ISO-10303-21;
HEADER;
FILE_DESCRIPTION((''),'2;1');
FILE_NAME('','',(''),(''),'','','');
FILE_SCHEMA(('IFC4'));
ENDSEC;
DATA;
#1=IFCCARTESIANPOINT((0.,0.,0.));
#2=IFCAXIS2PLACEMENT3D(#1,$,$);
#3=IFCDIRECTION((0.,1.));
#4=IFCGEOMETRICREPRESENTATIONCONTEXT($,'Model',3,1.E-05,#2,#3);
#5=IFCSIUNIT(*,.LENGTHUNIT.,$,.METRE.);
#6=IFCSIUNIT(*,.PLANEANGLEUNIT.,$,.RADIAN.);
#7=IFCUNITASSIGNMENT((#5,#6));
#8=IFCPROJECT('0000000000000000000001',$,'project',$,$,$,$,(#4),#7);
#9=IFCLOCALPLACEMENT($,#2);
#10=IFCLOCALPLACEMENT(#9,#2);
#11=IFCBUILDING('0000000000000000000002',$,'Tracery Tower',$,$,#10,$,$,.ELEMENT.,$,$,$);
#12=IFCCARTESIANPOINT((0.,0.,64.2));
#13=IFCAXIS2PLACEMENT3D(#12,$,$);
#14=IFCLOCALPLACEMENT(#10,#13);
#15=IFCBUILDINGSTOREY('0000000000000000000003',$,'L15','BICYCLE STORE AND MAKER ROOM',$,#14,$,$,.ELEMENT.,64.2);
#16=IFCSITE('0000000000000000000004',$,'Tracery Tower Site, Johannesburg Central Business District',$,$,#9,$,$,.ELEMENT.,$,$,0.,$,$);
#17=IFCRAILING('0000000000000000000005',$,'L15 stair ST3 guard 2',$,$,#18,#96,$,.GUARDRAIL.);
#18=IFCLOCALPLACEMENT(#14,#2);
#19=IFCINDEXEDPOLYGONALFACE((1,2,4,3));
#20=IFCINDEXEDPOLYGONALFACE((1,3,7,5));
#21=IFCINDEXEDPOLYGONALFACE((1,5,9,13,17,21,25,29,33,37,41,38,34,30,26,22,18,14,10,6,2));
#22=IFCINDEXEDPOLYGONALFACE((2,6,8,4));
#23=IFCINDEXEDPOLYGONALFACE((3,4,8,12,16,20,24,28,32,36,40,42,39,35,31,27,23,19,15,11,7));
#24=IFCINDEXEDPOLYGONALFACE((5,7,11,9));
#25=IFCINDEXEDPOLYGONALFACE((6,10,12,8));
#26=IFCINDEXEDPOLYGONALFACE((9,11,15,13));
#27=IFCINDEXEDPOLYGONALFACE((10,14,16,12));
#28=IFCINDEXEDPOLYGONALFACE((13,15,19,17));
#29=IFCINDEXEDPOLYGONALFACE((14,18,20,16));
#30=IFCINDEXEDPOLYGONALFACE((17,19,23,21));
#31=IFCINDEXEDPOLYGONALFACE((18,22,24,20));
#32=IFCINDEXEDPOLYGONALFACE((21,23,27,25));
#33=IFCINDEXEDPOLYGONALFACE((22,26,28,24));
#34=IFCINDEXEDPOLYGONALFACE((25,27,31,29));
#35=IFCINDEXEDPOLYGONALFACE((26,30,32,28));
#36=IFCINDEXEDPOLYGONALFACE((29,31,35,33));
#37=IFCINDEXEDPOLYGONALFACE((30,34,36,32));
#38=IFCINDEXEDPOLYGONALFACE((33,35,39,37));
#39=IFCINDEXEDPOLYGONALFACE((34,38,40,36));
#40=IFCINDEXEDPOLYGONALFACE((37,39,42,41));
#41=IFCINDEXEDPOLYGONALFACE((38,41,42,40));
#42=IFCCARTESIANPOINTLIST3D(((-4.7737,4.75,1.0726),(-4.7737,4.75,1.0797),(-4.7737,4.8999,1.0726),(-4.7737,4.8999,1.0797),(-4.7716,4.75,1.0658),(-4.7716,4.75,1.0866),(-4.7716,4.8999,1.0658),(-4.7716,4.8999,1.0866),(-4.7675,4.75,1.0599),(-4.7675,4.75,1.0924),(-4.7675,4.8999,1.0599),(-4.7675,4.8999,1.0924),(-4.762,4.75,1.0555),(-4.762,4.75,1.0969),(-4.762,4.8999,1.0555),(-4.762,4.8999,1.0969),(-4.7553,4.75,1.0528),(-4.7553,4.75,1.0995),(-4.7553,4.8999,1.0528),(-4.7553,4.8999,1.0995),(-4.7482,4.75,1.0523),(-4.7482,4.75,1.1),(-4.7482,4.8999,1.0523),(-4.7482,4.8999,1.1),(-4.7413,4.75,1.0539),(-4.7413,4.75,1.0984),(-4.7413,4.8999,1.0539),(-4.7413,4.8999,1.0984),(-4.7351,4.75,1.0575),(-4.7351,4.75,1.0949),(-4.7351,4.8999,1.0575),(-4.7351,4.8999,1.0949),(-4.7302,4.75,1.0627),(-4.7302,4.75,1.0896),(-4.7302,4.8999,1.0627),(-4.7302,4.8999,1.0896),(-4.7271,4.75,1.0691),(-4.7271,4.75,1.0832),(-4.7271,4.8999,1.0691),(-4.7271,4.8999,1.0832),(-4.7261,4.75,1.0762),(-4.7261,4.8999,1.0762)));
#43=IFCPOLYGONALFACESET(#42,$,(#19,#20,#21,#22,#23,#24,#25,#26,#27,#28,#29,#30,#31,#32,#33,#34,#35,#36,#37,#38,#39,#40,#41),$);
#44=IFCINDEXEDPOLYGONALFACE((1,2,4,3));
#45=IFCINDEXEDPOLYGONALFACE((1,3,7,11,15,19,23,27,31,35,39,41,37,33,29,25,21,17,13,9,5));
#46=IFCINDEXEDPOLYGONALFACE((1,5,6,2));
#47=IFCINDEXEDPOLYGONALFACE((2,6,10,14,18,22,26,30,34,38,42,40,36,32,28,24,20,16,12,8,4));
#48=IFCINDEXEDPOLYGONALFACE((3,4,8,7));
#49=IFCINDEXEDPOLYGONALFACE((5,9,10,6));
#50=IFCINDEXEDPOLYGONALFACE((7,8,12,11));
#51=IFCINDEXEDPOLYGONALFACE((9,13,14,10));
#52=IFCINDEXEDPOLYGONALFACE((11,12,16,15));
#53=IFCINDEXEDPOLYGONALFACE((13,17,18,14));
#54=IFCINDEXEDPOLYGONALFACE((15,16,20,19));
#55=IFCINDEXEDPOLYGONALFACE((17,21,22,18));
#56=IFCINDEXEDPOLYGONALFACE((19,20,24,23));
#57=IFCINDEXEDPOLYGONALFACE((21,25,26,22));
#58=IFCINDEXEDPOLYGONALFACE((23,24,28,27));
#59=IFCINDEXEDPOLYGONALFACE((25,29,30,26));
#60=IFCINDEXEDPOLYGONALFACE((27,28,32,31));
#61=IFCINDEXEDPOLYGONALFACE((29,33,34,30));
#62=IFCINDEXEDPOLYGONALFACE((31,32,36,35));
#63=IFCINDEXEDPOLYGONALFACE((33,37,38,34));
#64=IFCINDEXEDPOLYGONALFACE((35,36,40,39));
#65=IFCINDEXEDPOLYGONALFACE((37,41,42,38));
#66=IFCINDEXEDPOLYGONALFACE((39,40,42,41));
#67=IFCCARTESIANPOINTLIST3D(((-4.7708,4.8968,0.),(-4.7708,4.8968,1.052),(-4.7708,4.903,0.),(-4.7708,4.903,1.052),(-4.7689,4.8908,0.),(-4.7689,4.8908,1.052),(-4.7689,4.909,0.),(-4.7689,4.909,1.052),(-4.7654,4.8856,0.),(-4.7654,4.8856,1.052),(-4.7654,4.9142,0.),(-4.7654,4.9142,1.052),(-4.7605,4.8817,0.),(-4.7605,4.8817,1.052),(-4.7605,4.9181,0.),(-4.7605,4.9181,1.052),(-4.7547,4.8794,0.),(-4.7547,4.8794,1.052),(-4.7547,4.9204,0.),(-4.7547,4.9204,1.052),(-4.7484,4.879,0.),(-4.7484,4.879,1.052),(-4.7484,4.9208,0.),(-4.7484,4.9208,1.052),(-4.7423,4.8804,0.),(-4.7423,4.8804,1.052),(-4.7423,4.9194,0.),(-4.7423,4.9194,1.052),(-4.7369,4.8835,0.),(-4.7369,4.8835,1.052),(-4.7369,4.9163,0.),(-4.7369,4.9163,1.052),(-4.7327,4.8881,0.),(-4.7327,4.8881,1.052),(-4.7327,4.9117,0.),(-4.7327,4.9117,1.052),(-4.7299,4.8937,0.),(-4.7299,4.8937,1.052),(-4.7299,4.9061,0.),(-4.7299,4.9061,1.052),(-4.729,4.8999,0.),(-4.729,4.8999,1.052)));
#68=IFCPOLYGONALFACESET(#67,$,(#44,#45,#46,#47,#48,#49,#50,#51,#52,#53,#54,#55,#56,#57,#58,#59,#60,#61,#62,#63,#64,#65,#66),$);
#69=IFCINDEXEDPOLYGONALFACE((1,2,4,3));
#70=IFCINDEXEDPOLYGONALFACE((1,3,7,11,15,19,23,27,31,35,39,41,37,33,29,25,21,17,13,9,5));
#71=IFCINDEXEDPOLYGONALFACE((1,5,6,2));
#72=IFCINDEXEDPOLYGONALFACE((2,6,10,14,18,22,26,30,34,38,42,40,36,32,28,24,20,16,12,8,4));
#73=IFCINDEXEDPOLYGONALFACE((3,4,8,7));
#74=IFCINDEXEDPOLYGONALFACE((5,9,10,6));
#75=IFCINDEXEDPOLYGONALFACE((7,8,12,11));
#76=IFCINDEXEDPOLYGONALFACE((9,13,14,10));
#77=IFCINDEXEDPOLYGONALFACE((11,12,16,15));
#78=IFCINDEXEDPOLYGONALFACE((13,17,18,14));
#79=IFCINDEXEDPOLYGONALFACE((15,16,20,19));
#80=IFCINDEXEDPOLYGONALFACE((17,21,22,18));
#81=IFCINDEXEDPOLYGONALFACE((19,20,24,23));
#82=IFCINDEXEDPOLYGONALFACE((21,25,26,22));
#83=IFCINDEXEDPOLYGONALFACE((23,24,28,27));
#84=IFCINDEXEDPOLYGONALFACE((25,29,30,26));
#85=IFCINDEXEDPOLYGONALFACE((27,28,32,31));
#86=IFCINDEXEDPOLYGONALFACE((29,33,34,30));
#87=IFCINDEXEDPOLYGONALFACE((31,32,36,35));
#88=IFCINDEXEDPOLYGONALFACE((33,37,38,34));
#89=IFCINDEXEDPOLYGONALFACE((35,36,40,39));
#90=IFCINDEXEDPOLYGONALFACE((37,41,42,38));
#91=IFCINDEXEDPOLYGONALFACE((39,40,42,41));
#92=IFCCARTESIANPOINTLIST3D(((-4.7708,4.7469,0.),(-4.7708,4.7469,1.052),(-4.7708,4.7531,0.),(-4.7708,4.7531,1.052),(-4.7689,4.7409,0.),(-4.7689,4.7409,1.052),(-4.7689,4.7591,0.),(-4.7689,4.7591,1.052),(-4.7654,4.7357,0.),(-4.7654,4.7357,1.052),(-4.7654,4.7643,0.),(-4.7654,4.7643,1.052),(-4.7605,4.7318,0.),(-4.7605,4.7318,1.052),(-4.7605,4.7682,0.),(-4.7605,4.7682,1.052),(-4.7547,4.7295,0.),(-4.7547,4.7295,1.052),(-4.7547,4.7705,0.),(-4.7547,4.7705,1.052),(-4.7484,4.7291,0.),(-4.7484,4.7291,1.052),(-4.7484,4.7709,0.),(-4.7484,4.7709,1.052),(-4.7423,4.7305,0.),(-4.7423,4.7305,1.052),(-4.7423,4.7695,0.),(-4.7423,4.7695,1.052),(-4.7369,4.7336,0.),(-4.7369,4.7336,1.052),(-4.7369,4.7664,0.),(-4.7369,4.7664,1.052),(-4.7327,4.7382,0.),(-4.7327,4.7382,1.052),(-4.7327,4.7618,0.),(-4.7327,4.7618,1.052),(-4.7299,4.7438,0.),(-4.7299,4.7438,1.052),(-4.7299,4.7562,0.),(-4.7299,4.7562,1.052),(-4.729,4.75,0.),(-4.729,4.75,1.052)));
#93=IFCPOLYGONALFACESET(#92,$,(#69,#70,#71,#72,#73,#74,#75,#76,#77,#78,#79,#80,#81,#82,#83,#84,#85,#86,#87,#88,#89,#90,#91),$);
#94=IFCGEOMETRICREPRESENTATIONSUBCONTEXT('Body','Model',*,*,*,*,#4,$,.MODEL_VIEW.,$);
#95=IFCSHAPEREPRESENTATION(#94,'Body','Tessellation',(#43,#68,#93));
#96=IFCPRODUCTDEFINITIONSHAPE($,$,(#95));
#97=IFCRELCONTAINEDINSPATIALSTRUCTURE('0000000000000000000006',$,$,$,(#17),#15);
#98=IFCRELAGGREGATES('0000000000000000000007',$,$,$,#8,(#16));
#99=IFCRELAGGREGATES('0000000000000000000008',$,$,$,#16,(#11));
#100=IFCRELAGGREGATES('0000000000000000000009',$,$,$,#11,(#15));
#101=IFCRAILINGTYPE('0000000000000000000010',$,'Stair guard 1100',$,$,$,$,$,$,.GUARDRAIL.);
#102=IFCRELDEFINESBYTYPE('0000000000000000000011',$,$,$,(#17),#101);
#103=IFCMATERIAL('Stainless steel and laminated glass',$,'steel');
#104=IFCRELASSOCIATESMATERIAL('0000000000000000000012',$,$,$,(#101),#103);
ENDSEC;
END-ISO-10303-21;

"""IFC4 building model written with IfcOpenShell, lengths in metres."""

from ifc_helpers import new_model, si_unit, direction, frame, origin, origin_2d, place, context, subcontext, project, spatial, circle, extrude, material, type_object, element, save


model = new_model("IFC4")

# Units and contexts
model_context = context("Model", 3, precision=1e-05, world=origin(), true_north=direction((0.0, 1.0)))
body_context = subcontext(model_context, "Body", "Model", "MODEL_VIEW")
ifc_project = project(units=[si_unit("LENGTHUNIT", "METRE"), si_unit("PLANEANGLEUNIT", "RADIAN")], contexts=[model_context])

# Site, building, storey
site_placement = place(None, origin())
site = spatial("IfcSite", under=ifc_project, at=site_placement, Name="Tracery Tower Site, Johannesburg Central Business District", CompositionType="ELEMENT", RefElevation=0.0)
building_placement = place(site_placement, origin())
building = spatial("IfcBuilding", under=site, at=building_placement, Name="Tracery Tower", CompositionType="ELEMENT")
storey_placement = place(building_placement, frame((0.0, 0.0, 64.2)))
storey = spatial("IfcBuildingStorey", under=building, at=storey_placement, Name="L15", Description="BICYCLE STORE AND MAKER ROOM", CompositionType="ELEMENT", Elevation=64.2)

# Railing
ifc_material_1 = material(Name="Stainless steel and laminated glass", Category="steel")
railing_type_1 = type_object("IfcRailingType", Name="Stair guard 1100", PredefinedType="GUARDRAIL", material=ifc_material_1)
railing_1_placement = place(storey_placement, frame((-4.75, 4.8999, 0.0)))
element("IfcRailing", 1, at=railing_1_placement, inside=storey, type_object=railing_type_1, Name="L15 stair ST3 guard 2", PredefinedType="GUARDRAIL", context=body_context, shape_type="SweptSolid", body=[
    extrude(circle(Radius=0.0239, at=origin_2d()), frame((0.0, 0.0, 1.0762), z_axis=(0.0, -1.0, 0.0), x_axis=(1.0, 0.0, 0.0)), (0.0, 0.0, 1.0), 0.1499),
    extrude(circle(Radius=0.021, at=origin_2d()), origin(), (0.0, 0.0, 1.0), 1.052),
    extrude(circle(Radius=0.021, at=origin_2d()), frame((0.0, -0.1499, 0.0)), (0.0, 0.0, 1.0), 1.052),
])

save(model, "model.ifc")
